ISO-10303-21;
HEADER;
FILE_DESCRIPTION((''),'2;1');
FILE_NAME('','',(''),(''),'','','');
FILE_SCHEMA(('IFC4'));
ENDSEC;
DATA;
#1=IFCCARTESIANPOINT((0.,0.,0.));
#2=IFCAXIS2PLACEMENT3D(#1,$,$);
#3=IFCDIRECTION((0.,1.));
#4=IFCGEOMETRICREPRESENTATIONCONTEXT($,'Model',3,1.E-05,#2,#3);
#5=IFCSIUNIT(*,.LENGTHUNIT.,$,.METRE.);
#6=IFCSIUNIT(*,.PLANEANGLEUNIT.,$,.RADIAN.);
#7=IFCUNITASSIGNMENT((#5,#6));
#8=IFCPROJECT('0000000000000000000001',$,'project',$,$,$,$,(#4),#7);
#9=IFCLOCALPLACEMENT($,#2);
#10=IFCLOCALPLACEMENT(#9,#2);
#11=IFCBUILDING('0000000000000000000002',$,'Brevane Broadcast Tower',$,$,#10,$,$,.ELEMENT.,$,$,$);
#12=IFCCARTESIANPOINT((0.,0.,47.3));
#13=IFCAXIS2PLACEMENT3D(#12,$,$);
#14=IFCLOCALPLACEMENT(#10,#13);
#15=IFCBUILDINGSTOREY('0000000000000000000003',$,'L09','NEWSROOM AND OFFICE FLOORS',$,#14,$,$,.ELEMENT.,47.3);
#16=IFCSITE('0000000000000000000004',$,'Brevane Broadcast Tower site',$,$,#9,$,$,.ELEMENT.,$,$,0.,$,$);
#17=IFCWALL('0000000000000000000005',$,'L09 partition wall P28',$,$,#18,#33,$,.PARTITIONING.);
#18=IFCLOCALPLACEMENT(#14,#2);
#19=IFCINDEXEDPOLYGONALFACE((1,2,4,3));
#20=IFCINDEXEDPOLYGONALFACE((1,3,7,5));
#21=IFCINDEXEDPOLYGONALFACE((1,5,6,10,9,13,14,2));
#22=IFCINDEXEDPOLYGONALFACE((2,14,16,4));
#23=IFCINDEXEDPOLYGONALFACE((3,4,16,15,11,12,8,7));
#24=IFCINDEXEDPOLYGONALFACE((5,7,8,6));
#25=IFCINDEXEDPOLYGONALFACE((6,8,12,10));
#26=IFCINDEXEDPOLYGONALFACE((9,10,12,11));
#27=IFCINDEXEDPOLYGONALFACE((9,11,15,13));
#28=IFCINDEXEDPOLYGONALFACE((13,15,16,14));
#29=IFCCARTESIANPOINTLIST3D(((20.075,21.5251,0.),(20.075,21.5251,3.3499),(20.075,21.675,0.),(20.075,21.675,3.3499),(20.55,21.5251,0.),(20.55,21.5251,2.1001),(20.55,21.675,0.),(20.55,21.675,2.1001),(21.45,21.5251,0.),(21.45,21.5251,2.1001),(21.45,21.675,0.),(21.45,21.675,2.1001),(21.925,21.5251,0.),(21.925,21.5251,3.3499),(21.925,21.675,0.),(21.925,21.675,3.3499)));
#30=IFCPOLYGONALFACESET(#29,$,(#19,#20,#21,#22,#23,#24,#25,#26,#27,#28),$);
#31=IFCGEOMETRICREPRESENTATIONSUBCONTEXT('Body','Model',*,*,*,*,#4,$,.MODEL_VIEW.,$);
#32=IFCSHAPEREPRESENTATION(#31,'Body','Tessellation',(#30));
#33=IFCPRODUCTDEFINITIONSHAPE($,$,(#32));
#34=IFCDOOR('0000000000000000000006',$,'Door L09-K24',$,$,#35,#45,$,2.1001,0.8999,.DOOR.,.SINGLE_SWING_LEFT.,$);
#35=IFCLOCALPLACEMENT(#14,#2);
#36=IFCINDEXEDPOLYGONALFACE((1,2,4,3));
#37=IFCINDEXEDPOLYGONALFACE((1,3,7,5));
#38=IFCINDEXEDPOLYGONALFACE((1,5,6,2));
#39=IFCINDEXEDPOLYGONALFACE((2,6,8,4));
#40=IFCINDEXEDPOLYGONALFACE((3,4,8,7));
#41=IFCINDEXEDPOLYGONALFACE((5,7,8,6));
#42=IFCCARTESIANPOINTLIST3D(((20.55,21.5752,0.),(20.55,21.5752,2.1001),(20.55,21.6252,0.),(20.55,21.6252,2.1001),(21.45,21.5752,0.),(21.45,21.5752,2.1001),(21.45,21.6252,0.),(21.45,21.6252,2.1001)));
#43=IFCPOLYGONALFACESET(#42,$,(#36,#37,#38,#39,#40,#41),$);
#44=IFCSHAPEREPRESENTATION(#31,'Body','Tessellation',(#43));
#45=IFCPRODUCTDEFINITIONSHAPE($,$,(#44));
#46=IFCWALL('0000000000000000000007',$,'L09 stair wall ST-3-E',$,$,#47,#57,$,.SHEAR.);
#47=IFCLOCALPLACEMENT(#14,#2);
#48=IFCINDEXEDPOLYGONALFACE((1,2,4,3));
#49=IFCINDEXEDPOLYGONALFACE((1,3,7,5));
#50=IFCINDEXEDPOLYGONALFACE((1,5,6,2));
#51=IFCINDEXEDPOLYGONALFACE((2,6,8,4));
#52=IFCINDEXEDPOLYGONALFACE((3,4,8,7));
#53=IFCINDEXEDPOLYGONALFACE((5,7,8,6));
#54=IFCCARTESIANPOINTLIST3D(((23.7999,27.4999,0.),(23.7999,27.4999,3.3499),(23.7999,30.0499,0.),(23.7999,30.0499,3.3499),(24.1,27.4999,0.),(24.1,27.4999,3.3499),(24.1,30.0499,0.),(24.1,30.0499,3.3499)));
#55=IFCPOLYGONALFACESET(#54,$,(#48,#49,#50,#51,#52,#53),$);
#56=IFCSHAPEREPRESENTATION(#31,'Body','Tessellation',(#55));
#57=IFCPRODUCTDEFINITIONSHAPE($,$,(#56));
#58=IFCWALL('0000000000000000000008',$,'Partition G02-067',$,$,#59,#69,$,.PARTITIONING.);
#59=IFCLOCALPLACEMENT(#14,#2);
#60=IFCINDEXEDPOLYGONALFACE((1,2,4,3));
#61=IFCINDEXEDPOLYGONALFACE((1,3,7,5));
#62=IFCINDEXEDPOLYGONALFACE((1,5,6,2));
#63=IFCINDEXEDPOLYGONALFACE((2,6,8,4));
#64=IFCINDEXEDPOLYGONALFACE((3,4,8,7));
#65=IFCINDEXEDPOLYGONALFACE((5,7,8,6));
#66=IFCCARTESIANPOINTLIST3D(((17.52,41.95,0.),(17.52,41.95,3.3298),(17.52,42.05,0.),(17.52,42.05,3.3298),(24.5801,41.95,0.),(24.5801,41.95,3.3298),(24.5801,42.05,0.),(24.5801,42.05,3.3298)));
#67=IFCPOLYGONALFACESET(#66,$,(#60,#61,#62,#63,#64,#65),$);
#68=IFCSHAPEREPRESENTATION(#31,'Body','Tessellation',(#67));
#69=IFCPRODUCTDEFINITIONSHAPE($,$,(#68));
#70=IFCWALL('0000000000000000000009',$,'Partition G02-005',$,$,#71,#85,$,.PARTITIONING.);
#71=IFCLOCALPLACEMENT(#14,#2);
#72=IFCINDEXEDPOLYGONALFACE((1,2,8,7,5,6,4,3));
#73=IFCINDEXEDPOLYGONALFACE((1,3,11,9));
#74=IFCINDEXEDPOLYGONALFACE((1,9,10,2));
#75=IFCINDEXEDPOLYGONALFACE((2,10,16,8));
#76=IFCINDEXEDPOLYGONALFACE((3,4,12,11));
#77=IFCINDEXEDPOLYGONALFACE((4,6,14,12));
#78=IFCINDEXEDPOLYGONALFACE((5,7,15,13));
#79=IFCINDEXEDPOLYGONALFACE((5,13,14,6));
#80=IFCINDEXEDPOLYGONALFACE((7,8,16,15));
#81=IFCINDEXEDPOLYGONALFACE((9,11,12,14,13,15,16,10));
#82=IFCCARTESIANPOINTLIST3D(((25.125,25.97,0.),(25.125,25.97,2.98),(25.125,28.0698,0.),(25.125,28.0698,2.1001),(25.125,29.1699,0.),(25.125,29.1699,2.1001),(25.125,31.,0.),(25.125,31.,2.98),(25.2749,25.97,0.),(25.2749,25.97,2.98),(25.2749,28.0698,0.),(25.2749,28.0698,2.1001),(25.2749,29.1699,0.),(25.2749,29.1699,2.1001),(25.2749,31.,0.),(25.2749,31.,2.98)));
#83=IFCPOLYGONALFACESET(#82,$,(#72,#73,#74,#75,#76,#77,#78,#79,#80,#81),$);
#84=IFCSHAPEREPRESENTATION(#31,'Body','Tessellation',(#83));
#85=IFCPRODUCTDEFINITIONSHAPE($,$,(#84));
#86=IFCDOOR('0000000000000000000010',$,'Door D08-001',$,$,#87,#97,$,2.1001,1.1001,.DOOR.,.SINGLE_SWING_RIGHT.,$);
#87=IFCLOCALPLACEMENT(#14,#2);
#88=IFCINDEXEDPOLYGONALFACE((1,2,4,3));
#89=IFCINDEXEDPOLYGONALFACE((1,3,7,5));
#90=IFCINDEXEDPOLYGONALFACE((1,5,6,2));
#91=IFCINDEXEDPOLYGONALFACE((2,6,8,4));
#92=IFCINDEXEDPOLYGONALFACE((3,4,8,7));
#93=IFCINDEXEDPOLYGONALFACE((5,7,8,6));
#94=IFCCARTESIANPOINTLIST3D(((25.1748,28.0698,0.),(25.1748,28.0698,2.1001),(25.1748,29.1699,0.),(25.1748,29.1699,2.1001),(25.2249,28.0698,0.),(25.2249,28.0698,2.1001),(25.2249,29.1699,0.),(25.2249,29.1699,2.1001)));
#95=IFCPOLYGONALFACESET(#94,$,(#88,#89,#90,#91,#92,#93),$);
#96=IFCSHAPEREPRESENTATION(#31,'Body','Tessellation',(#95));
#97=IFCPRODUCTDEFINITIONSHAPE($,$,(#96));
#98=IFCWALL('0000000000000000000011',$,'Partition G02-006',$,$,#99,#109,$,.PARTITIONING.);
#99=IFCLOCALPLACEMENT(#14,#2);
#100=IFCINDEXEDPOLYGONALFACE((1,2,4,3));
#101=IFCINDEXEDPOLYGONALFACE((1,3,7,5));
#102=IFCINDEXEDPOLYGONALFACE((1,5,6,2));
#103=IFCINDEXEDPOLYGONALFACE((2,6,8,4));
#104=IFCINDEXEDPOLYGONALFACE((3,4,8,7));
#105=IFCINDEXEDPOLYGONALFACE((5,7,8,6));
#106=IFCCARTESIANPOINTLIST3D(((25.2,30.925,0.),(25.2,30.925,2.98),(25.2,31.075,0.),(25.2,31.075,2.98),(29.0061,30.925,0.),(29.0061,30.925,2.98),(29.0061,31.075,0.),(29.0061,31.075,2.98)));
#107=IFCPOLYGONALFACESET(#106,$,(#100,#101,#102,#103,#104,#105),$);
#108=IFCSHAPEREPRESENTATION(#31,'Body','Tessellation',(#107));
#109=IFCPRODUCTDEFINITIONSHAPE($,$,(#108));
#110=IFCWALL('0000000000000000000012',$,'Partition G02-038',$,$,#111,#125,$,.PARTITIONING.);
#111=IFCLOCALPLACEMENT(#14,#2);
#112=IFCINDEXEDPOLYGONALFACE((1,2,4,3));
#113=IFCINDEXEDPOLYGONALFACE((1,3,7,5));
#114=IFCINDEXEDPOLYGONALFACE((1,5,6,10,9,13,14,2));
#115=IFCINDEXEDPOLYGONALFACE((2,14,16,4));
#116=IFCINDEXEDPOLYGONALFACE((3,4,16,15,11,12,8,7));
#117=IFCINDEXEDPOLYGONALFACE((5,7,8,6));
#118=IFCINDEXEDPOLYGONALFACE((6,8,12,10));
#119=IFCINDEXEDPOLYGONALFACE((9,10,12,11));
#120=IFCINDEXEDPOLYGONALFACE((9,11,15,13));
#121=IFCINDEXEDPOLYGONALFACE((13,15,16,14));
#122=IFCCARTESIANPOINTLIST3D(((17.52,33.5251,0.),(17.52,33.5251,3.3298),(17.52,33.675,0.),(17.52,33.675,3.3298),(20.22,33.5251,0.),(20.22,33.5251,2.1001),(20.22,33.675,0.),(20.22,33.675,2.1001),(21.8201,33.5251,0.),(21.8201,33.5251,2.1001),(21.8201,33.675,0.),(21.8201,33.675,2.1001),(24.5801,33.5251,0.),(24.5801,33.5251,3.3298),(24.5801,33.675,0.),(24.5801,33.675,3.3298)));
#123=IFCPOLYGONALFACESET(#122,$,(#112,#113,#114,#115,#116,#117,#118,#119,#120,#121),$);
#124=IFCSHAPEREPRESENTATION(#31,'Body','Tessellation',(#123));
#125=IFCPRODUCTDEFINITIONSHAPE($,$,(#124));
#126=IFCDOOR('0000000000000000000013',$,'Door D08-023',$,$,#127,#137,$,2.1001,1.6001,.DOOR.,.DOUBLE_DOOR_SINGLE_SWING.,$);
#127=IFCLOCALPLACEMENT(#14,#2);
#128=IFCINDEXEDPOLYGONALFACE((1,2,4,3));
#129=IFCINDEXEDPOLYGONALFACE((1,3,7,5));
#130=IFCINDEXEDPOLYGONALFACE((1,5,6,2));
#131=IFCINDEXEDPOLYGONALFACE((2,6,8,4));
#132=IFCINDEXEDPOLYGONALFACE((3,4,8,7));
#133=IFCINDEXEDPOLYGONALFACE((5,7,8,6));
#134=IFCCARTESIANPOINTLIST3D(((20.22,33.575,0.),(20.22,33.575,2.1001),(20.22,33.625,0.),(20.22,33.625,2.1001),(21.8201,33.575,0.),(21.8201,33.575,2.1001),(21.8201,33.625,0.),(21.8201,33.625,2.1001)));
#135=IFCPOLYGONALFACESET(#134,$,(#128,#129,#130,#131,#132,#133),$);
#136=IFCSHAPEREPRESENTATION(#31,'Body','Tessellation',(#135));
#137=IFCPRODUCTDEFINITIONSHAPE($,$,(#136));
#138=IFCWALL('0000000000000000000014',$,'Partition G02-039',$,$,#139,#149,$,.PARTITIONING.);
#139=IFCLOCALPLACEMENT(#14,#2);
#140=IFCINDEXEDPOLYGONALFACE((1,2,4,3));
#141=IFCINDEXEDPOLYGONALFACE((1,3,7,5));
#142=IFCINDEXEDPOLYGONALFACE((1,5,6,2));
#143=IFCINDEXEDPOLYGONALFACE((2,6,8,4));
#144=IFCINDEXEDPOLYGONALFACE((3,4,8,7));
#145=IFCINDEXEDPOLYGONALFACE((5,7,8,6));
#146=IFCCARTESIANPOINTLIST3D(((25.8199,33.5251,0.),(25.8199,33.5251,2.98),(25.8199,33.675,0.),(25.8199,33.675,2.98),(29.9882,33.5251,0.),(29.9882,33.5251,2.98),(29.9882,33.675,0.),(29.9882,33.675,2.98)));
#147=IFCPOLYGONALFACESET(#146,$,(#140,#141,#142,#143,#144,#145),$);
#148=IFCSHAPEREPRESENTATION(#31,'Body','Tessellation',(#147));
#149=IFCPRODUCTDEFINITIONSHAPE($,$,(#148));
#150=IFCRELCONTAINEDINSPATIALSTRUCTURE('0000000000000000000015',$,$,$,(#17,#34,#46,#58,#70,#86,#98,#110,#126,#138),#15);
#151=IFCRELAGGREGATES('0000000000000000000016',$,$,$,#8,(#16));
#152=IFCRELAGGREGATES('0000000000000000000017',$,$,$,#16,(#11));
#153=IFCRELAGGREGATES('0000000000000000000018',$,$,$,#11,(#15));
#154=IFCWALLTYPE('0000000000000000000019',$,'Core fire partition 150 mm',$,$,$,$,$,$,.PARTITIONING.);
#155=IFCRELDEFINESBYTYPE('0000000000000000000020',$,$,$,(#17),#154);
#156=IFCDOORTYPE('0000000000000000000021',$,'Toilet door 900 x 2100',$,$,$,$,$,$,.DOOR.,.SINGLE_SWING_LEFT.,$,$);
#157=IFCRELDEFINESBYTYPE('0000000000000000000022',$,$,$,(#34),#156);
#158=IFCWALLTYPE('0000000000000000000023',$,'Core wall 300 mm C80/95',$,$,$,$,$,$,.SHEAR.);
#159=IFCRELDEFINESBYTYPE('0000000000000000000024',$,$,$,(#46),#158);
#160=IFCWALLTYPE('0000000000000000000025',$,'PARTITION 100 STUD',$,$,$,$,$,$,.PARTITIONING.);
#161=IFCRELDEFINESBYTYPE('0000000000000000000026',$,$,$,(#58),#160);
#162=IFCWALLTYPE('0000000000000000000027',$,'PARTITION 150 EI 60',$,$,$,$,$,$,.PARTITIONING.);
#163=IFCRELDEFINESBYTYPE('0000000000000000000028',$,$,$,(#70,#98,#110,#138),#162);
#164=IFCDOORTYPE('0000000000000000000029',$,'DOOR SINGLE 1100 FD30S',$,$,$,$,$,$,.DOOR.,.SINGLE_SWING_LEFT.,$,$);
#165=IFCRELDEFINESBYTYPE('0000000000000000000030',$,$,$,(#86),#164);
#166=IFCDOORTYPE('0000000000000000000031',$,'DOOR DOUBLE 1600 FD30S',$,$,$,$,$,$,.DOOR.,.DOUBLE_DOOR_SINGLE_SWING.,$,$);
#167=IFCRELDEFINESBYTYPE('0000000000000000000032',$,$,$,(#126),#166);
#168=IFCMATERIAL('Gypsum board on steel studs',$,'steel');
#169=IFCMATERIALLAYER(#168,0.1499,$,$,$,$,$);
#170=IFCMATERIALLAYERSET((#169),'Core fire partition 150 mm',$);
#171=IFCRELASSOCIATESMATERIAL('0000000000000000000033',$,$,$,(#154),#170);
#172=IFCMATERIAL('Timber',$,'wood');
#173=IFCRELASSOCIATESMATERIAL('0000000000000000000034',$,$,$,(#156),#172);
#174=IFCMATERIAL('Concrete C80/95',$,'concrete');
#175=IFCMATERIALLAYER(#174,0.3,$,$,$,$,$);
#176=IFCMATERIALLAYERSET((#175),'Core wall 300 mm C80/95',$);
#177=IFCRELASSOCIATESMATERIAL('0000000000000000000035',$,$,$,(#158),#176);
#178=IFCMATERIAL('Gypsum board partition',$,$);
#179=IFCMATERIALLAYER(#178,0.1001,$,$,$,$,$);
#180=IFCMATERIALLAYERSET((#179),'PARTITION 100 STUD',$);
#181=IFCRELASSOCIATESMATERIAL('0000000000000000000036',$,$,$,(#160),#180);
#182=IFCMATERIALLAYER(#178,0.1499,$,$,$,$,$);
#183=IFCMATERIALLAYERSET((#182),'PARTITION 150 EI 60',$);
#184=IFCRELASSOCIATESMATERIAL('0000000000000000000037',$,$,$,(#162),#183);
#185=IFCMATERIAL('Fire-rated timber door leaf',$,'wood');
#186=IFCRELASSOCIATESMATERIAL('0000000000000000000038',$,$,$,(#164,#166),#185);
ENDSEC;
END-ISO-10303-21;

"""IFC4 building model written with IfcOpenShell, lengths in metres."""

from ifc_helpers import new_model, si_unit, direction, frame, frame_2d, origin, place, context, subcontext, project, spatial, polyline, rectangle, outline, extrude, material, layer, layer_set, type_object, element, fill, save


model = new_model("IFC4")

# Units and contexts
model_context = context("Model", 3, precision=1e-05, world=origin(), true_north=direction((0.0, 1.0)))
body_context = subcontext(model_context, "Body", "Model", "MODEL_VIEW")
ifc_project = project(units=[si_unit("LENGTHUNIT", "METRE"), si_unit("PLANEANGLEUNIT", "RADIAN")], contexts=[model_context])

# Site, building, storey
site_placement = place(None, origin())
site = spatial("IfcSite", under=ifc_project, at=site_placement, Name="Brevane Broadcast Tower site", CompositionType="ELEMENT", RefElevation=0.0)
building_placement = place(site_placement, origin())
building = spatial("IfcBuilding", under=site, at=building_placement, Name="Brevane Broadcast Tower", CompositionType="ELEMENT")
storey_placement = place(building_placement, frame((0.0, 0.0, 47.3)))
storey = spatial("IfcBuildingStorey", under=building, at=storey_placement, Name="L09", Description="NEWSROOM AND OFFICE FLOORS", CompositionType="ELEMENT", Elevation=47.3)

# Shared definitions
ifc_material_1 = material(Name="Concrete C80/95", Category="concrete")

# Shared definitions
ifc_material_2 = material(Name="Gypsum board on steel studs", Category="steel")
ifc_layer_1 = layer(ifc_material_2, 0.1499)
ifc_layer_set_1 = layer_set([ifc_layer_1], Name="Core fire partition 150 mm")
wall_type_1 = type_object("IfcWallType", Name="Core fire partition 150 mm", PredefinedType="PARTITIONING", material=ifc_layer_set_1)

# Wall, opening, door
wall_1_placement = place(storey_placement, frame((21.925, 21.6001, 0.0), z_axis=(0.0, 0.0, 1.0), x_axis=(-1.0, 0.0, 0.0)))
wall_1 = element("IfcWall", 1, at=wall_1_placement, inside=storey, type_object=wall_type_1, Name="L09 partition wall P28", PredefinedType="PARTITIONING", context=body_context, shape_type="SweptSolid", body=[
    extrude(rectangle(XDim=1.8501, YDim=0.1499, at=frame_2d((0.925, 0.0))), origin(), (0.0, 0.0, 1.0), 3.3499),
])
opening_1_placement = place(wall_1_placement, frame((0.4751, 0.0, 0.0)))
opening_1 = element("IfcOpeningElement", 2, at=opening_1_placement, cuts=wall_1, PredefinedType="OPENING", context=body_context, shape_type="SweptSolid", body=[
    extrude(rectangle(XDim=0.8999, YDim=2.1001, at=frame_2d((0.45, 1.05))), frame((0.0, 0.085, 0.0), z_axis=(0.0, -1.0, 0.0), x_axis=(1.0, 0.0, 0.0)), (0.0, 0.0, 1.0), 0.1699),
])
ifc_material_3 = material(Name="Timber", Category="wood")
door_type_1 = type_object("IfcDoorType", Name="Toilet door 900 x 2100", OperationType="SINGLE_SWING_LEFT", PredefinedType="DOOR", material=ifc_material_3)
door_1_placement = place(opening_1_placement, origin())
door_1 = element("IfcDoor", 3, at=door_1_placement, inside=storey, type_object=door_type_1, Name="Door L09-K24", OperationType="SINGLE_SWING_LEFT", OverallHeight=2.1001, OverallWidth=0.8999, PredefinedType="DOOR", context=body_context, shape_type="SweptSolid", body=[
    extrude(rectangle(XDim=0.8999, YDim=2.1001, at=frame_2d((0.45, 1.05))), frame((0.0, 0.0249, 0.0), z_axis=(0.0, -1.0, 0.0), x_axis=(1.0, 0.0, 0.0)), (0.0, 0.0, 1.0), 0.05),
])
fill(opening_1, door_1)

# Walls
ifc_layer_2 = layer(ifc_material_1, 0.3)
ifc_layer_set_2 = layer_set([ifc_layer_2], Name="Core wall 300 mm C80/95")
wall_type_2 = type_object("IfcWallType", Name="Core wall 300 mm C80/95", PredefinedType="SHEAR", material=ifc_layer_set_2)
wall_2_placement = place(storey_placement, frame((23.95, 27.5, 0.0), z_axis=(0.0, 0.0, 1.0), x_axis=(0.0, 1.0, 0.0)))
element("IfcWall", 4, at=wall_2_placement, inside=storey, type_object=wall_type_2, Name="L09 stair wall ST-3-E", PredefinedType="SHEAR", context=body_context, shape_type="SweptSolid", body=[
    extrude(rectangle(XDim=2.55, YDim=0.3, at=frame_2d((1.2749, 0.0))), origin(), (0.0, 0.0, 1.0), 3.3499),
])
ifc_material_4 = material(Name="Gypsum board partition")
ifc_layer_3 = layer(ifc_material_4, 0.1001)
ifc_layer_set_3 = layer_set([ifc_layer_3], Name="PARTITION 100 STUD")
wall_type_3 = type_object("IfcWallType", Name="PARTITION 100 STUD", PredefinedType="PARTITIONING", material=ifc_layer_set_3)
wall_3_placement = place(storey_placement, frame((17.52, 42.0, 0.0), z_axis=(0.0, 0.0, 1.0), x_axis=(1.0, 0.0, 0.0)))
element("IfcWall", 5, at=wall_3_placement, inside=storey, type_object=wall_type_3, Name="Partition G02-067", PredefinedType="PARTITIONING", context=body_context, shape_type="SweptSolid", body=[
    extrude(rectangle(XDim=7.0601, YDim=0.1001, at=frame_2d((3.53, 0.0))), origin(), (0.0, 0.0, 1.0), 3.3298),
])

# Wall, opening, door
ifc_layer_4 = layer(ifc_material_4, 0.1499)
ifc_layer_set_4 = layer_set([ifc_layer_4], Name="PARTITION 150 EI 60")
wall_type_4 = type_object("IfcWallType", Name="PARTITION 150 EI 60", PredefinedType="PARTITIONING", material=ifc_layer_set_4)
wall_4_placement = place(storey_placement, frame((25.2, 31.0, 0.0), z_axis=(0.0, 0.0, 1.0), x_axis=(0.0, -1.0, 0.0)))
wall_4 = element("IfcWall", 6, at=wall_4_placement, inside=storey, type_object=wall_type_4, Name="Partition G02-005", PredefinedType="PARTITIONING", context=body_context, shape_type="SweptSolid", body=[
    extrude(outline(polyline([(0.0, 0.0), (5.03, 0.0), (5.03, 2.98), (0.0, 2.98), (0.0, 0.0)])), frame((0.0, 0.075, 0.0), z_axis=(0.0, -1.0, 0.0), x_axis=(1.0, 0.0, 0.0)), (0.0, 0.0, 1.0), 0.1499),
])
opening_2_placement = place(wall_4_placement, frame((1.8301, 0.0, 0.0)))
opening_2 = element("IfcOpeningElement", 7, at=opening_2_placement, cuts=wall_4, PredefinedType="OPENING", context=body_context, shape_type="SweptSolid", body=[
    extrude(rectangle(XDim=1.1001, YDim=2.1001, at=frame_2d((0.55, 1.05))), frame((0.0, 0.085, 0.0), z_axis=(0.0, -1.0, 0.0), x_axis=(1.0, 0.0, 0.0)), (0.0, 0.0, 1.0), 0.1699),
])
ifc_material_5 = material(Name="Fire-rated timber door leaf", Category="wood")
door_type_2 = type_object("IfcDoorType", Name="DOOR SINGLE 1100 FD30S", OperationType="SINGLE_SWING_LEFT", PredefinedType="DOOR", material=ifc_material_5)
door_2_placement = place(opening_2_placement, origin())
door_2 = element("IfcDoor", 8, at=door_2_placement, inside=storey, type_object=door_type_2, Name="Door D08-001", OperationType="SINGLE_SWING_RIGHT", OverallHeight=2.1001, OverallWidth=1.1001, PredefinedType="DOOR", context=body_context, shape_type="SweptSolid", body=[
    extrude(rectangle(XDim=1.1001, YDim=2.1001, at=frame_2d((0.55, 1.05))), frame((0.0, 0.0249, 0.0), z_axis=(0.0, -1.0, 0.0), x_axis=(1.0, 0.0, 0.0)), (0.0, 0.0, 1.0), 0.05),
])
fill(opening_2, door_2)

# Wall
wall_5_placement = place(storey_placement, frame((25.2, 31.0, 0.0), z_axis=(0.0, 0.0, 1.0), x_axis=(1.0, 0.0, 0.0)))
element("IfcWall", 9, at=wall_5_placement, inside=storey, type_object=wall_type_4, Name="Partition G02-006", PredefinedType="PARTITIONING", context=body_context, shape_type="SweptSolid", body=[
    extrude(rectangle(XDim=3.8062, YDim=0.1499, at=frame_2d((1.9031, 0.0))), origin(), (0.0, 0.0, 1.0), 2.98),
])

# Wall, opening, door
wall_6_placement = place(storey_placement, frame((17.52, 33.6001, 0.0), z_axis=(0.0, 0.0, 1.0), x_axis=(1.0, 0.0, 0.0)))
wall_6 = element("IfcWall", 10, at=wall_6_placement, inside=storey, type_object=wall_type_4, Name="Partition G02-038", PredefinedType="PARTITIONING", context=body_context, shape_type="SweptSolid", body=[
    extrude(rectangle(XDim=7.0601, YDim=0.1499, at=frame_2d((3.53, 0.0))), origin(), (0.0, 0.0, 1.0), 3.3298),
])
opening_3_placement = place(wall_6_placement, frame((2.7, 0.0, 0.0)))
opening_3 = element("IfcOpeningElement", 11, at=opening_3_placement, cuts=wall_6, PredefinedType="OPENING", context=body_context, shape_type="SweptSolid", body=[
    extrude(rectangle(XDim=1.6001, YDim=2.1001, at=frame_2d((0.8, 1.05))), frame((0.0, 0.085, 0.0), z_axis=(0.0, -1.0, 0.0), x_axis=(1.0, 0.0, 0.0)), (0.0, 0.0, 1.0), 0.1699),
])
door_type_3 = type_object("IfcDoorType", Name="DOOR DOUBLE 1600 FD30S", OperationType="DOUBLE_DOOR_SINGLE_SWING", PredefinedType="DOOR", material=ifc_material_5)
door_3_placement = place(opening_3_placement, origin())
door_3 = element("IfcDoor", 12, at=door_3_placement, inside=storey, type_object=door_type_3, Name="Door D08-023", OperationType="DOUBLE_DOOR_SINGLE_SWING", OverallHeight=2.1001, OverallWidth=1.6001, PredefinedType="DOOR", context=body_context, shape_type="SweptSolid", body=[
    extrude(rectangle(XDim=1.6001, YDim=2.1001, at=frame_2d((0.8, 1.05))), frame((0.0, 0.0249, 0.0), z_axis=(0.0, -1.0, 0.0), x_axis=(1.0, 0.0, 0.0)), (0.0, 0.0, 1.0), 0.05),
])
fill(opening_3, door_3)

# Wall
wall_7_placement = place(storey_placement, frame((25.8201, 33.6001, 0.0), z_axis=(0.0, 0.0, 1.0), x_axis=(1.0, 0.0, 0.0)))
element("IfcWall", 13, at=wall_7_placement, inside=storey, type_object=wall_type_4, Name="Partition G02-039", PredefinedType="PARTITIONING", context=body_context, shape_type="SweptSolid", body=[
    extrude(rectangle(XDim=4.1682, YDim=0.1499, at=frame_2d((2.084, 0.0))), origin(), (0.0, 0.0, 1.0), 2.98),
])

save(model, "model.ifc")
